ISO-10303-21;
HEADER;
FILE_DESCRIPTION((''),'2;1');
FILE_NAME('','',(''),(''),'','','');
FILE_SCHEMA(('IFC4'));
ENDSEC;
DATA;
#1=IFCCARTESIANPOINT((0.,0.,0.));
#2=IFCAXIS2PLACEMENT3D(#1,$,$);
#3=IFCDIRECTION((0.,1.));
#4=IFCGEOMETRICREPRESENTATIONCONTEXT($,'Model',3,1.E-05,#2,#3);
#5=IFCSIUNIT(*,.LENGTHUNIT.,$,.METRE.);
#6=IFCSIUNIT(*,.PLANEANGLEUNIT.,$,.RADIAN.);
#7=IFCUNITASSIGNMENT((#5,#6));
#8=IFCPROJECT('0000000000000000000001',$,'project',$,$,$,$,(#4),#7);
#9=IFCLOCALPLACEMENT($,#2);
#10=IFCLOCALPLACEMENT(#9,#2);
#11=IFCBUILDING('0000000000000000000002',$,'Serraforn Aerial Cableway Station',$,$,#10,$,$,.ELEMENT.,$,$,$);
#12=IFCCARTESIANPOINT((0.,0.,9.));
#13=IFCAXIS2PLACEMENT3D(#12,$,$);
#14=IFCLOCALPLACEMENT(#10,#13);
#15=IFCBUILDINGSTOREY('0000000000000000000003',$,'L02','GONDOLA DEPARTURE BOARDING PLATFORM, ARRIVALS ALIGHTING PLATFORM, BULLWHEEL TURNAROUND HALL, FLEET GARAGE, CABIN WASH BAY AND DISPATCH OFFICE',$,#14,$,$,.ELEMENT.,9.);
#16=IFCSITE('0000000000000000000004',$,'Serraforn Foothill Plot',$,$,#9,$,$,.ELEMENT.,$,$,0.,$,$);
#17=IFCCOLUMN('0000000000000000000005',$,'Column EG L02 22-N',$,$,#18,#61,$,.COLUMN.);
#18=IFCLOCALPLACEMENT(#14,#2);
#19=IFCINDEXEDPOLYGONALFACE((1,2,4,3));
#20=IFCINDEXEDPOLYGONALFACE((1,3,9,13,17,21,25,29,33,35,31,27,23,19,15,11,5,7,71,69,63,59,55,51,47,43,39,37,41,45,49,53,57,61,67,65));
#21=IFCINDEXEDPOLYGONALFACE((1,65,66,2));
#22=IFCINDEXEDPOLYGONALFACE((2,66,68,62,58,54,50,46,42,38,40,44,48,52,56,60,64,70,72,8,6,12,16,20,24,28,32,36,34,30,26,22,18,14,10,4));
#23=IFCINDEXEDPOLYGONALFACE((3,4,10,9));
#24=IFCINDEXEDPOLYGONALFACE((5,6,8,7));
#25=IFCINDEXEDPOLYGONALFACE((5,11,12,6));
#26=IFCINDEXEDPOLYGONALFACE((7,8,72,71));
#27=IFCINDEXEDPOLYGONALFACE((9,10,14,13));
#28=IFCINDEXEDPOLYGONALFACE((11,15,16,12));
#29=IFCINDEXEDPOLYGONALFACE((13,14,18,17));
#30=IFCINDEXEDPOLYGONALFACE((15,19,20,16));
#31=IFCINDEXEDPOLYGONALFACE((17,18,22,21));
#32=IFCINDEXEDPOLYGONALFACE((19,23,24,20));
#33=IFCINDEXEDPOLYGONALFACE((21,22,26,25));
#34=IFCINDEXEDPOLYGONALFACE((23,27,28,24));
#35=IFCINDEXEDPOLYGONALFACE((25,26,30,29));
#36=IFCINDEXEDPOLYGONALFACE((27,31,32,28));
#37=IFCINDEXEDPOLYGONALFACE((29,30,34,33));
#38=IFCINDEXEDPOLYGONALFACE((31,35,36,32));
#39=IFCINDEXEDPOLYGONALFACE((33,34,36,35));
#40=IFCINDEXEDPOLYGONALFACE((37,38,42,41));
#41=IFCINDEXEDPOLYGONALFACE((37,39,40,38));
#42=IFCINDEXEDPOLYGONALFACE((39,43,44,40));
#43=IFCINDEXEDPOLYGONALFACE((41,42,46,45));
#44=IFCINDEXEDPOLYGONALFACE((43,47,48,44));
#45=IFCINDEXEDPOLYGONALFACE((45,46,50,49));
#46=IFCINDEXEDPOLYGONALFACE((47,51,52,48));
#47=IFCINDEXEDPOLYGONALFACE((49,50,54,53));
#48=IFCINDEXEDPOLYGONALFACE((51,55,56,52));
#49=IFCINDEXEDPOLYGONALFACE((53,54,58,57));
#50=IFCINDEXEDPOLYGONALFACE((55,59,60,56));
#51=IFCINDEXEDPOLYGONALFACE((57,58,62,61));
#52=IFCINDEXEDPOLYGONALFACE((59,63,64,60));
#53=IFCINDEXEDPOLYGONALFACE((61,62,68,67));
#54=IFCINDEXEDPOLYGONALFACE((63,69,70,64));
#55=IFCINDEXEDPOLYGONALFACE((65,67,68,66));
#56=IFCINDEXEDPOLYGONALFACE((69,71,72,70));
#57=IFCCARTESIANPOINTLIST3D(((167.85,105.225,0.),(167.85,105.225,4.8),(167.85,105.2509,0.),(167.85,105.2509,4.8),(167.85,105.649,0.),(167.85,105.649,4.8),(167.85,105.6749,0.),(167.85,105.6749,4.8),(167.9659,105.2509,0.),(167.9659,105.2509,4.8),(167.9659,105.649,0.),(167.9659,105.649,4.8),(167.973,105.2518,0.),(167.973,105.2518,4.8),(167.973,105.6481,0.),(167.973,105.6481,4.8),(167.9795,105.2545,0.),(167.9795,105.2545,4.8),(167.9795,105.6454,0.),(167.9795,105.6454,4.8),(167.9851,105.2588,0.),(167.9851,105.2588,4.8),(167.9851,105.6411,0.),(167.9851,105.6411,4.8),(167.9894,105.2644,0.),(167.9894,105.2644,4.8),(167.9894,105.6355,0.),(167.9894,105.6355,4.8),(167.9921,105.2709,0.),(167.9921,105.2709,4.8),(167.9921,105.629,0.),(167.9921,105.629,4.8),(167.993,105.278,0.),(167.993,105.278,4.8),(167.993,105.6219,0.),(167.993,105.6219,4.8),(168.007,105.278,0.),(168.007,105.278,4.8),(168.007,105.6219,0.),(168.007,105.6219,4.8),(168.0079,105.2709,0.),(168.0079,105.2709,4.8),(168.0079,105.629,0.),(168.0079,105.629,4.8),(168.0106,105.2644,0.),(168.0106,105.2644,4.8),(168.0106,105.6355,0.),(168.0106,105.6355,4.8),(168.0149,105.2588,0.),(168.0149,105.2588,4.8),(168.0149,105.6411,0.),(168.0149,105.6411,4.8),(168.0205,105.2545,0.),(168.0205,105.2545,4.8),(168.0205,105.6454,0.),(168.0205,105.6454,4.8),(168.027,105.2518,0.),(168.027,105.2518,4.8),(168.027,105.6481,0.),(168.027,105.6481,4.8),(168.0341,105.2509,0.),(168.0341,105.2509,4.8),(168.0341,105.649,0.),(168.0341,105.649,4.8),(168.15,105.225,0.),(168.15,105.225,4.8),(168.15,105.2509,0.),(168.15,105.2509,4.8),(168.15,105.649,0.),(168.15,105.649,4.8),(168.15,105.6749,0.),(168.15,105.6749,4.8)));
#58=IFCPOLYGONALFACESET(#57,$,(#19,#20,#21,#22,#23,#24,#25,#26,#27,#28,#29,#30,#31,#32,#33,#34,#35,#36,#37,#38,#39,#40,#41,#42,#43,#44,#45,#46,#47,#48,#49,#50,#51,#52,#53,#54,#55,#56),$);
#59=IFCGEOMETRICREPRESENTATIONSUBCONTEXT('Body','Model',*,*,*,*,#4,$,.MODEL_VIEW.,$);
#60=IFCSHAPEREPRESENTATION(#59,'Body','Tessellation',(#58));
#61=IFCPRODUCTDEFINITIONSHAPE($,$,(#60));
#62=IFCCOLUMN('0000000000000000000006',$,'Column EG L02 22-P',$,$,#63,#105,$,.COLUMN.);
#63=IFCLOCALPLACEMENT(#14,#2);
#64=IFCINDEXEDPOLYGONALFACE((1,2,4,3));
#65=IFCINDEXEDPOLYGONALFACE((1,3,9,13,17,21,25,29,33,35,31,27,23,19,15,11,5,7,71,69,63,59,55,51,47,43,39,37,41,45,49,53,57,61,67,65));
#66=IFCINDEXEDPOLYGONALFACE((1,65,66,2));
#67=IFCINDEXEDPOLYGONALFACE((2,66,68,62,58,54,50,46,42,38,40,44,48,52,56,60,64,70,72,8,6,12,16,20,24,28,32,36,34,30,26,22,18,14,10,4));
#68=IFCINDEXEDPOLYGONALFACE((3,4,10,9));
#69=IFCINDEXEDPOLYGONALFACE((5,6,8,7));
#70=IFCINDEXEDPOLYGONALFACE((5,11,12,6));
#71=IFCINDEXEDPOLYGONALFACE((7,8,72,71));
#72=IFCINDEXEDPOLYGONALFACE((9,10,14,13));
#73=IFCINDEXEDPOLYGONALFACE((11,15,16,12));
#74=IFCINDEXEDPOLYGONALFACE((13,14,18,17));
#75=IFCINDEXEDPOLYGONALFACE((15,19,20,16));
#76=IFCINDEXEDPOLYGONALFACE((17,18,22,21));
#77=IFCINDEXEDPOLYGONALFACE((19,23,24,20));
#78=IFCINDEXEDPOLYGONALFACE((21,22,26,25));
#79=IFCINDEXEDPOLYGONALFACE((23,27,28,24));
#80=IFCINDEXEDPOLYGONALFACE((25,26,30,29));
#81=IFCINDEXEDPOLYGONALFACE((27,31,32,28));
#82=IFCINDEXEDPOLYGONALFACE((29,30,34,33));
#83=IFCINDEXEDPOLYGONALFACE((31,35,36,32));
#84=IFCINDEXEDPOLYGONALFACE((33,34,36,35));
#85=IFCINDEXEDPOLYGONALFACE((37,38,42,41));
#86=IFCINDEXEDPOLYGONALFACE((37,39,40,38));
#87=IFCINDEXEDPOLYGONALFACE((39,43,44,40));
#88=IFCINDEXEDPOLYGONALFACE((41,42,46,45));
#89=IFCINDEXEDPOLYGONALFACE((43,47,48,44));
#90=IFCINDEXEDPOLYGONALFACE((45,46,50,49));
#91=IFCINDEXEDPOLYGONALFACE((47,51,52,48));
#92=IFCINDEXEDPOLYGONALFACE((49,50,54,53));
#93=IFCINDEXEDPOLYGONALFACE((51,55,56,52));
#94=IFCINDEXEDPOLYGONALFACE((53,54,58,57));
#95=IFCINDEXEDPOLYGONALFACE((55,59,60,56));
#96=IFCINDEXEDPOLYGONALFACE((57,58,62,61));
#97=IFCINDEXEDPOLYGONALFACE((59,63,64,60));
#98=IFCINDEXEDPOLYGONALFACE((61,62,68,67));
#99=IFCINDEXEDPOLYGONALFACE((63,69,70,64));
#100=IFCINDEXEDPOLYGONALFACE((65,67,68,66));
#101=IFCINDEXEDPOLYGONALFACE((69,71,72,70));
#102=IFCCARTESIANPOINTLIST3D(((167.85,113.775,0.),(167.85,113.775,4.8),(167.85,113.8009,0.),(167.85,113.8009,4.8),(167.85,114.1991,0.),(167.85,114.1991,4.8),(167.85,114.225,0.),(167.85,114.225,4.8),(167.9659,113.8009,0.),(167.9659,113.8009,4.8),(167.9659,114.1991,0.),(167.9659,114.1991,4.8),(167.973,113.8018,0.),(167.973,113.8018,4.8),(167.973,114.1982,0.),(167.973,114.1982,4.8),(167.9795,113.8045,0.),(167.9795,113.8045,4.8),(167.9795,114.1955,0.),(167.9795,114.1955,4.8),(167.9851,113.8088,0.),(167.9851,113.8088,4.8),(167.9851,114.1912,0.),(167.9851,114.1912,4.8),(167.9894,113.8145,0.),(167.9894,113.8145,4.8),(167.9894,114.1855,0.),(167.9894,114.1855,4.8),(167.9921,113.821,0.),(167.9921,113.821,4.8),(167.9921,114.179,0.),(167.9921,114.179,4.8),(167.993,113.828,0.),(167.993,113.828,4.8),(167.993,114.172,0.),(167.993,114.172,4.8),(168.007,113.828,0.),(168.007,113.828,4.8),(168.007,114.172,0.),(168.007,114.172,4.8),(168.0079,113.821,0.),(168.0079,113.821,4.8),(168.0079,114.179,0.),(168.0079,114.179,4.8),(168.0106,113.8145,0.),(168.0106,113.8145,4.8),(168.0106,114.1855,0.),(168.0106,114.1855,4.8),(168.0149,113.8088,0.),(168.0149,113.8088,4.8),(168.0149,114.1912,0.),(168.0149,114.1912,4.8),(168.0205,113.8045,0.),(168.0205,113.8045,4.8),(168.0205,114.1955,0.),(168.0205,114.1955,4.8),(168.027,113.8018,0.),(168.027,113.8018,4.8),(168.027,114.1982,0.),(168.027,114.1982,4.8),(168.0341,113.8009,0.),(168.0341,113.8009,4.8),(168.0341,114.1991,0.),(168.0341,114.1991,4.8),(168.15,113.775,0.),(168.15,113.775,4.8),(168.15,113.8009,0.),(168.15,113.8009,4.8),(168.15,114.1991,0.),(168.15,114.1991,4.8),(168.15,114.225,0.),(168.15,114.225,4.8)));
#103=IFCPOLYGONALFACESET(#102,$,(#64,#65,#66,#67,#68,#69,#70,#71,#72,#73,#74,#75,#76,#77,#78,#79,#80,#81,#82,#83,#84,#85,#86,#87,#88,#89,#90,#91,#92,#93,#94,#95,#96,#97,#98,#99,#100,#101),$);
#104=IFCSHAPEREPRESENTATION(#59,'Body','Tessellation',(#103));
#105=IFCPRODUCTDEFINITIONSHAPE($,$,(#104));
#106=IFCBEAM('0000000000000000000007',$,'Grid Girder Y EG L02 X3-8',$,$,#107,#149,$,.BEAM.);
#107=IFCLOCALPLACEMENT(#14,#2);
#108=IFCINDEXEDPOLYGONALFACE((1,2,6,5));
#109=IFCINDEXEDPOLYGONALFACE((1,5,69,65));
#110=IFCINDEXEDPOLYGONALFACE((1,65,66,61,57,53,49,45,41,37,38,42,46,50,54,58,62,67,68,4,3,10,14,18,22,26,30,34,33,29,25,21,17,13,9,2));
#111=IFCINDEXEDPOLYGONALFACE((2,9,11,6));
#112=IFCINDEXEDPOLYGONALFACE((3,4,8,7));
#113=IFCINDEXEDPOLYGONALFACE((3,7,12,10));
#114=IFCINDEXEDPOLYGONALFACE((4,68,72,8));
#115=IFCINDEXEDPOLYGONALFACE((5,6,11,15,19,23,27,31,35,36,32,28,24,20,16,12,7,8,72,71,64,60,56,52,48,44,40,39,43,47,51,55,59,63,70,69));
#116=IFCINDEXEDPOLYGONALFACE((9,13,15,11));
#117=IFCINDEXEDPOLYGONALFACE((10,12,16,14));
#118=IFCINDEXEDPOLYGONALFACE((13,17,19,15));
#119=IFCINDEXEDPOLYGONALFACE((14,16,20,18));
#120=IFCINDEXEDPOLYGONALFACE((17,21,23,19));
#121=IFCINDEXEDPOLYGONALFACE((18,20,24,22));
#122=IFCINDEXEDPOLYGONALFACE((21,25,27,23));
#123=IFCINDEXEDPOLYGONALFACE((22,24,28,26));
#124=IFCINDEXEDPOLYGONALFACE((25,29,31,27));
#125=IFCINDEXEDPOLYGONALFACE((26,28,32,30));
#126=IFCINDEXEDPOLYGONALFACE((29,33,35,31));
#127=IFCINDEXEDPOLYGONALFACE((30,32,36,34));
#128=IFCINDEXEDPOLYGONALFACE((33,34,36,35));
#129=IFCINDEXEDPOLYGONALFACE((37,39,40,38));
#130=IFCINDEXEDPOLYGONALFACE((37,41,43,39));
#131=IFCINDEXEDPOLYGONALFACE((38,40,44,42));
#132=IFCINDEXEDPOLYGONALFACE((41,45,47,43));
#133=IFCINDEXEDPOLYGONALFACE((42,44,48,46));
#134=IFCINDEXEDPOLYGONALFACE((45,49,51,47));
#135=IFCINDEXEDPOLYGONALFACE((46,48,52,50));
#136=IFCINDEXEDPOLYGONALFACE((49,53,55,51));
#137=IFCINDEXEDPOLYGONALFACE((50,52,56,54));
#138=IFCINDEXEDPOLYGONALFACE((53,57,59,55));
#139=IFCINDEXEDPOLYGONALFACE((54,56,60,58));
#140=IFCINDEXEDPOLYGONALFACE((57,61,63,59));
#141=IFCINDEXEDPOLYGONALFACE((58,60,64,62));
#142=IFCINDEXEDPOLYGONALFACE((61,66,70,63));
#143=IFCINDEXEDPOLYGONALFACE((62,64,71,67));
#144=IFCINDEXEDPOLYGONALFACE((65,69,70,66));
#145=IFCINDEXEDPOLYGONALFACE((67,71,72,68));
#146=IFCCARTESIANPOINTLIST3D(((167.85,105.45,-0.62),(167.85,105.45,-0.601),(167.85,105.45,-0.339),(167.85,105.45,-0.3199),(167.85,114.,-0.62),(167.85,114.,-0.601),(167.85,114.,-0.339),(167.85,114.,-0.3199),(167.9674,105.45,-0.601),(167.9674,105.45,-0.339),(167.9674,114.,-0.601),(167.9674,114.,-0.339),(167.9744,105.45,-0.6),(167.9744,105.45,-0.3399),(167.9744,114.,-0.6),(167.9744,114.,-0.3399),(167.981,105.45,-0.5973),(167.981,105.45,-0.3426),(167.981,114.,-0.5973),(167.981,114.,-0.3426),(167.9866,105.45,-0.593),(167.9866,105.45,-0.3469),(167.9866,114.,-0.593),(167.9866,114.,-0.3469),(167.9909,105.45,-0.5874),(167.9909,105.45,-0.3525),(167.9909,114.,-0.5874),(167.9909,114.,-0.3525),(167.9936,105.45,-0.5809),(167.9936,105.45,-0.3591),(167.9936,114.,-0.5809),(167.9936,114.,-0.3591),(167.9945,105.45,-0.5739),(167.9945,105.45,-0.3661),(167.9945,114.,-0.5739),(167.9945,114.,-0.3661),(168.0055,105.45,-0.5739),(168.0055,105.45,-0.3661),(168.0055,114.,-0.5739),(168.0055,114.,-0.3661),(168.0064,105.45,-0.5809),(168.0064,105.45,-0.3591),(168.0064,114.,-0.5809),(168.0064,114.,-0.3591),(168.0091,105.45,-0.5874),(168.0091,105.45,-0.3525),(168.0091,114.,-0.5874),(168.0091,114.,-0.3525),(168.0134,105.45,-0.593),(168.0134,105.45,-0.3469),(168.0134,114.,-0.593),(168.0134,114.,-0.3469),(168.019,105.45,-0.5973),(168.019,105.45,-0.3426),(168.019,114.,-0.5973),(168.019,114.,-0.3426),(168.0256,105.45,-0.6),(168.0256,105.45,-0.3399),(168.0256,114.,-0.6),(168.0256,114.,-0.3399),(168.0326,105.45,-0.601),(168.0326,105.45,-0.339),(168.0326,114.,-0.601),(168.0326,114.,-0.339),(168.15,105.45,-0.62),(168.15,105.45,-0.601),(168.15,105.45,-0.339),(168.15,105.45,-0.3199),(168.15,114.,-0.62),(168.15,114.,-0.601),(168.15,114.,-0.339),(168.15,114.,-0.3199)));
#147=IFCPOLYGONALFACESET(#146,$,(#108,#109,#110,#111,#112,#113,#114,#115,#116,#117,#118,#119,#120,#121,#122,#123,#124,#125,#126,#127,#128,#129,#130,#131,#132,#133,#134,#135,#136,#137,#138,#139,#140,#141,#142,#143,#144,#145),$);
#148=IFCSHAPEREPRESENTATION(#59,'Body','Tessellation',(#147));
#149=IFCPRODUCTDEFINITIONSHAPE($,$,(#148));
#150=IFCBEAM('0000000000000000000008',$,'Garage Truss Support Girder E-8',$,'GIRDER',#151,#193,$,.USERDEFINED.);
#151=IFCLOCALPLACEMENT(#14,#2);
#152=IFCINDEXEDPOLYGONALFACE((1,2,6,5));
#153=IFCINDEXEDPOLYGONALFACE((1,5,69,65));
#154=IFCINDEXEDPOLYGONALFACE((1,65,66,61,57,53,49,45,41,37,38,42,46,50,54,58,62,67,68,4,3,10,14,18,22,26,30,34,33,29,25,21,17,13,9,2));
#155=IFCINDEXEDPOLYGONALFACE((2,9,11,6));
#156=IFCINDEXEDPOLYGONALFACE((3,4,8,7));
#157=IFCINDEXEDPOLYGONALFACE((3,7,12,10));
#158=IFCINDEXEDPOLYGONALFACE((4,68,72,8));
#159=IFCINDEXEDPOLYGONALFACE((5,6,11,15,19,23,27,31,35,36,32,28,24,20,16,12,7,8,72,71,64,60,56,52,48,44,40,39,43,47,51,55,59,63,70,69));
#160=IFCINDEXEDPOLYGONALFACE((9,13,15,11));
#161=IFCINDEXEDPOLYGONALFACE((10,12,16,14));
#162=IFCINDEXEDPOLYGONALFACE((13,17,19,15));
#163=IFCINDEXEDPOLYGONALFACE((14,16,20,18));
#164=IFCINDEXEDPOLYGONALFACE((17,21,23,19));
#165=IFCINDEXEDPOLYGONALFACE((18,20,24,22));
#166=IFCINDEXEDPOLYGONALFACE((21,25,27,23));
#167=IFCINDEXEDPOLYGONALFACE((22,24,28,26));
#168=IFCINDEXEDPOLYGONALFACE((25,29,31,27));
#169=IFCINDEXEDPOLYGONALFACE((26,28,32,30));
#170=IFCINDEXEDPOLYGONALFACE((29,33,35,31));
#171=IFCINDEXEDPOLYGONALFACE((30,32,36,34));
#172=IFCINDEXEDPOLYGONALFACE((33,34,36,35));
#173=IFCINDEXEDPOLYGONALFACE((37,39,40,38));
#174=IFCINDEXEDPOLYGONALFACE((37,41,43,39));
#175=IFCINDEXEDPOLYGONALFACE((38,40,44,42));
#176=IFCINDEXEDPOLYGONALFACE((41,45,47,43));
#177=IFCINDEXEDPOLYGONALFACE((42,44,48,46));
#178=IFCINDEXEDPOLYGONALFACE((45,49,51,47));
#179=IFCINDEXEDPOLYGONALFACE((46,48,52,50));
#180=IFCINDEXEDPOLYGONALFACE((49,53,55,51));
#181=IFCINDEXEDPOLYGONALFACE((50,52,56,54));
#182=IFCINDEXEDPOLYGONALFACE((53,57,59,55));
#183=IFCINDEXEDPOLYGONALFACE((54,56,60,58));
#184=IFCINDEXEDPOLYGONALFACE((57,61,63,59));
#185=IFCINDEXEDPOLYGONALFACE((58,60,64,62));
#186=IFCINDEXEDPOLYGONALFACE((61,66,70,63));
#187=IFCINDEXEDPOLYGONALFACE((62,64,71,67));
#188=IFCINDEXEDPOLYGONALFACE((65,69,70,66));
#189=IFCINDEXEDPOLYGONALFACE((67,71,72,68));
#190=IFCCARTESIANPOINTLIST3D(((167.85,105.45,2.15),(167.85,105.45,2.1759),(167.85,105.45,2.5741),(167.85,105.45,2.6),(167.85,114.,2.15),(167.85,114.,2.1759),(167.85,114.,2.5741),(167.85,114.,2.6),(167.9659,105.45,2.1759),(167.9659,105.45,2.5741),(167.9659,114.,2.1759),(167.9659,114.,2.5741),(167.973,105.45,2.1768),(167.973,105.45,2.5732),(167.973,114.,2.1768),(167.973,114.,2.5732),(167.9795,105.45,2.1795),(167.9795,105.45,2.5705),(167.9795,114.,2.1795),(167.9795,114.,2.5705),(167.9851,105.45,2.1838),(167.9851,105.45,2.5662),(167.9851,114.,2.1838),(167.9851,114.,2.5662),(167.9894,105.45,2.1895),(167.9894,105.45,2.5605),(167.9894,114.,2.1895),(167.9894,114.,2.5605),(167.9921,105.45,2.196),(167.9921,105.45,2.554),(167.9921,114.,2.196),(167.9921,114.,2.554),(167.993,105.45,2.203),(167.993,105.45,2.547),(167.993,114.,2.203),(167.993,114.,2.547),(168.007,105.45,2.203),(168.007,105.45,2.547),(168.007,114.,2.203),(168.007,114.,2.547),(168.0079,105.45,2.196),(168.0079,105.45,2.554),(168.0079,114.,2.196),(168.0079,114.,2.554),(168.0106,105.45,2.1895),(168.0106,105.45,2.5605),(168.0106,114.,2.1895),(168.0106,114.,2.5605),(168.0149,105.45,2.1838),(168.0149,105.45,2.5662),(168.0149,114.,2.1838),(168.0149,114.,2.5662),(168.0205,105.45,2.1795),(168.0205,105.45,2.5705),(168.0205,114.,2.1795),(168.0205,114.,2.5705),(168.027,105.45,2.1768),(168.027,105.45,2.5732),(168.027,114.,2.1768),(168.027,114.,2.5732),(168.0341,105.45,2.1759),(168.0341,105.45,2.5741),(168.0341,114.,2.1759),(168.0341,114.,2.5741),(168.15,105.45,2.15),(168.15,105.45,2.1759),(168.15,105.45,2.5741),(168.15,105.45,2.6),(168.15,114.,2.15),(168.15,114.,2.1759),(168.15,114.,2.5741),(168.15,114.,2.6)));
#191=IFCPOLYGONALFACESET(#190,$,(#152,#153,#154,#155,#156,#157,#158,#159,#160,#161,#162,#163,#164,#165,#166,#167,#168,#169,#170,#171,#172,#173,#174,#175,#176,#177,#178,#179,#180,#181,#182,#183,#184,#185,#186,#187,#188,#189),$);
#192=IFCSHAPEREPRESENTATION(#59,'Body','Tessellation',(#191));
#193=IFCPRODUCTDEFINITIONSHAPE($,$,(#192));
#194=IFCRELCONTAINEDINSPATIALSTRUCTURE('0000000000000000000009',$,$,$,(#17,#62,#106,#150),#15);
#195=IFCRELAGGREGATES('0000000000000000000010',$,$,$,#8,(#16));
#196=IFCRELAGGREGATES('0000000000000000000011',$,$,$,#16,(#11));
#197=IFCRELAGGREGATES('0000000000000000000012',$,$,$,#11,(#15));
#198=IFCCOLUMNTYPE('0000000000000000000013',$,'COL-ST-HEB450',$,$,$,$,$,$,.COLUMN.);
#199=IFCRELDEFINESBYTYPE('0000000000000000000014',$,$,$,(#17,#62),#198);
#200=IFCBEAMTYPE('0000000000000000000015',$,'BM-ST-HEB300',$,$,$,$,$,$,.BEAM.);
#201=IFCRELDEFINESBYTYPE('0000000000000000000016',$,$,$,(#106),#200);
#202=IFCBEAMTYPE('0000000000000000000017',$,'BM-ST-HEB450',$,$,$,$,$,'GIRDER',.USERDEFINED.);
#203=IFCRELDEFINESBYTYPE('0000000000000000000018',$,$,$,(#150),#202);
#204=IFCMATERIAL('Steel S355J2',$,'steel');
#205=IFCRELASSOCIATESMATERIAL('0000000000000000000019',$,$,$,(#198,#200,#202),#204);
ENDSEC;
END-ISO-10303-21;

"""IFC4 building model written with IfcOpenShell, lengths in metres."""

from ifc_helpers import new_model, si_unit, direction, frame, origin, origin_2d, place, context, subcontext, project, spatial, i_section, extrude, material, material_profile, profile_set, type_object, element, save


model = new_model("IFC4")

# Units and contexts
model_context = context("Model", 3, precision=1e-05, world=origin(), true_north=direction((0.0, 1.0)))
body_context = subcontext(model_context, "Body", "Model", "MODEL_VIEW")
ifc_project = project(units=[si_unit("LENGTHUNIT", "METRE"), si_unit("PLANEANGLEUNIT", "RADIAN")], contexts=[model_context])

# Site, building, storey
site_placement = place(None, origin())
site = spatial("IfcSite", under=ifc_project, at=site_placement, Name="Serraforn Foothill Plot", CompositionType="ELEMENT", RefElevation=0.0)
building_placement = place(site_placement, origin())
building = spatial("IfcBuilding", under=site, at=building_placement, Name="Serraforn Aerial Cableway Station", CompositionType="ELEMENT")
storey_placement = place(building_placement, frame((0.0, 0.0, 9.0)))
storey = spatial("IfcBuildingStorey", under=building, at=storey_placement, Name="L02", Description="GONDOLA DEPARTURE BOARDING PLATFORM, ARRIVALS ALIGHTING PLATFORM, BULLWHEEL TURNAROUND HALL, FLEET GARAGE, CABIN WASH BAY AND DISPATCH OFFICE", CompositionType="ELEMENT", Elevation=9.0)

# Columns
ifc_material_1 = material(Name="Steel S355J2", Category="steel")
ifc_material_profile_1 = material_profile(ifc_material_1, i_section(OverallWidth=0.3, OverallDepth=0.45, WebThickness=0.0139, FlangeThickness=0.0259, FilletRadius=0.0271, at=origin_2d()), Name="HEB 450")
ifc_profile_set_1 = profile_set([ifc_material_profile_1], Name="Steel S355J2")
column_type = type_object("IfcColumnType", Name="COL-ST-HEB450", PredefinedType="COLUMN", material=ifc_profile_set_1)
for number, where, z_axis, x_axis, name in (
    (1, (168.0, 105.45, 0.0), (0.0, 0.0, 1.0), (1.0, 0.0, 0.0), "Column EG L02 22-N"),
    (2, (168.0, 114.0, 0.0), (0.0, 0.0, 1.0), (1.0, 0.0, 0.0), "Column EG L02 22-P"),
):
    element("IfcColumn", number, at=place(storey_placement, frame(where, z_axis=z_axis, x_axis=x_axis)), inside=storey, type_object=column_type, Name=name, PredefinedType="COLUMN", context=body_context, shape_type="SweptSolid", body=[
        extrude(i_section(OverallWidth=0.3, OverallDepth=0.45, WebThickness=0.0139, FlangeThickness=0.0259, FilletRadius=0.0271, at=origin_2d()), origin(), (0.0, 0.0, 1.0), 4.8),
    ])

# Beams
ifc_material_profile_2 = material_profile(ifc_material_1, i_section(OverallWidth=0.3, OverallDepth=0.3, WebThickness=0.011, FlangeThickness=0.019, FilletRadius=0.0271, at=origin_2d()), Name="HEB 300")
ifc_profile_set_2 = profile_set([ifc_material_profile_2], Name="Steel S355J2")
beam_type_1 = type_object("IfcBeamType", Name="BM-ST-HEB300", PredefinedType="BEAM", material=ifc_profile_set_2)
beam_1_placement = place(storey_placement, frame((168.0, 105.45, -0.47), z_axis=(0.0, 1.0, 0.0), x_axis=(-1.0, 0.0, 0.0)))
element("IfcBeam", 3, at=beam_1_placement, inside=storey, type_object=beam_type_1, Name="Grid Girder Y EG L02 X3-8", PredefinedType="BEAM", context=body_context, shape_type="SweptSolid", body=[
    extrude(i_section(OverallWidth=0.3, OverallDepth=0.3, WebThickness=0.011, FlangeThickness=0.019, FilletRadius=0.0271, at=origin_2d()), origin(), (0.0, 0.0, 1.0), 8.55),
])
ifc_material_profile_3 = material_profile(ifc_material_1, i_section(OverallWidth=0.3, OverallDepth=0.45, WebThickness=0.0139, FlangeThickness=0.0259, FilletRadius=0.0271, at=origin_2d()), Name="HEB 450")
ifc_profile_set_3 = profile_set([ifc_material_profile_3], Name="Steel S355J2")
beam_type_2 = type_object("IfcBeamType", Name="BM-ST-HEB450", ElementType="GIRDER", PredefinedType="USERDEFINED", material=ifc_profile_set_3)
beam_2_placement = place(storey_placement, frame((168.0, 105.45, 2.375), z_axis=(0.0, 1.0, 0.0), x_axis=(-1.0, 0.0, 0.0)))
element("IfcBeam", 4, at=beam_2_placement, inside=storey, type_object=beam_type_2, Name="Garage Truss Support Girder E-8", ObjectType="GIRDER", PredefinedType="USERDEFINED", context=body_context, shape_type="SweptSolid", body=[
    extrude(i_section(OverallWidth=0.3, OverallDepth=0.45, WebThickness=0.0139, FlangeThickness=0.0259, FilletRadius=0.0271, at=origin_2d()), origin(), (0.0, 0.0, 1.0), 8.55),
])

save(model, "model.ifc")
